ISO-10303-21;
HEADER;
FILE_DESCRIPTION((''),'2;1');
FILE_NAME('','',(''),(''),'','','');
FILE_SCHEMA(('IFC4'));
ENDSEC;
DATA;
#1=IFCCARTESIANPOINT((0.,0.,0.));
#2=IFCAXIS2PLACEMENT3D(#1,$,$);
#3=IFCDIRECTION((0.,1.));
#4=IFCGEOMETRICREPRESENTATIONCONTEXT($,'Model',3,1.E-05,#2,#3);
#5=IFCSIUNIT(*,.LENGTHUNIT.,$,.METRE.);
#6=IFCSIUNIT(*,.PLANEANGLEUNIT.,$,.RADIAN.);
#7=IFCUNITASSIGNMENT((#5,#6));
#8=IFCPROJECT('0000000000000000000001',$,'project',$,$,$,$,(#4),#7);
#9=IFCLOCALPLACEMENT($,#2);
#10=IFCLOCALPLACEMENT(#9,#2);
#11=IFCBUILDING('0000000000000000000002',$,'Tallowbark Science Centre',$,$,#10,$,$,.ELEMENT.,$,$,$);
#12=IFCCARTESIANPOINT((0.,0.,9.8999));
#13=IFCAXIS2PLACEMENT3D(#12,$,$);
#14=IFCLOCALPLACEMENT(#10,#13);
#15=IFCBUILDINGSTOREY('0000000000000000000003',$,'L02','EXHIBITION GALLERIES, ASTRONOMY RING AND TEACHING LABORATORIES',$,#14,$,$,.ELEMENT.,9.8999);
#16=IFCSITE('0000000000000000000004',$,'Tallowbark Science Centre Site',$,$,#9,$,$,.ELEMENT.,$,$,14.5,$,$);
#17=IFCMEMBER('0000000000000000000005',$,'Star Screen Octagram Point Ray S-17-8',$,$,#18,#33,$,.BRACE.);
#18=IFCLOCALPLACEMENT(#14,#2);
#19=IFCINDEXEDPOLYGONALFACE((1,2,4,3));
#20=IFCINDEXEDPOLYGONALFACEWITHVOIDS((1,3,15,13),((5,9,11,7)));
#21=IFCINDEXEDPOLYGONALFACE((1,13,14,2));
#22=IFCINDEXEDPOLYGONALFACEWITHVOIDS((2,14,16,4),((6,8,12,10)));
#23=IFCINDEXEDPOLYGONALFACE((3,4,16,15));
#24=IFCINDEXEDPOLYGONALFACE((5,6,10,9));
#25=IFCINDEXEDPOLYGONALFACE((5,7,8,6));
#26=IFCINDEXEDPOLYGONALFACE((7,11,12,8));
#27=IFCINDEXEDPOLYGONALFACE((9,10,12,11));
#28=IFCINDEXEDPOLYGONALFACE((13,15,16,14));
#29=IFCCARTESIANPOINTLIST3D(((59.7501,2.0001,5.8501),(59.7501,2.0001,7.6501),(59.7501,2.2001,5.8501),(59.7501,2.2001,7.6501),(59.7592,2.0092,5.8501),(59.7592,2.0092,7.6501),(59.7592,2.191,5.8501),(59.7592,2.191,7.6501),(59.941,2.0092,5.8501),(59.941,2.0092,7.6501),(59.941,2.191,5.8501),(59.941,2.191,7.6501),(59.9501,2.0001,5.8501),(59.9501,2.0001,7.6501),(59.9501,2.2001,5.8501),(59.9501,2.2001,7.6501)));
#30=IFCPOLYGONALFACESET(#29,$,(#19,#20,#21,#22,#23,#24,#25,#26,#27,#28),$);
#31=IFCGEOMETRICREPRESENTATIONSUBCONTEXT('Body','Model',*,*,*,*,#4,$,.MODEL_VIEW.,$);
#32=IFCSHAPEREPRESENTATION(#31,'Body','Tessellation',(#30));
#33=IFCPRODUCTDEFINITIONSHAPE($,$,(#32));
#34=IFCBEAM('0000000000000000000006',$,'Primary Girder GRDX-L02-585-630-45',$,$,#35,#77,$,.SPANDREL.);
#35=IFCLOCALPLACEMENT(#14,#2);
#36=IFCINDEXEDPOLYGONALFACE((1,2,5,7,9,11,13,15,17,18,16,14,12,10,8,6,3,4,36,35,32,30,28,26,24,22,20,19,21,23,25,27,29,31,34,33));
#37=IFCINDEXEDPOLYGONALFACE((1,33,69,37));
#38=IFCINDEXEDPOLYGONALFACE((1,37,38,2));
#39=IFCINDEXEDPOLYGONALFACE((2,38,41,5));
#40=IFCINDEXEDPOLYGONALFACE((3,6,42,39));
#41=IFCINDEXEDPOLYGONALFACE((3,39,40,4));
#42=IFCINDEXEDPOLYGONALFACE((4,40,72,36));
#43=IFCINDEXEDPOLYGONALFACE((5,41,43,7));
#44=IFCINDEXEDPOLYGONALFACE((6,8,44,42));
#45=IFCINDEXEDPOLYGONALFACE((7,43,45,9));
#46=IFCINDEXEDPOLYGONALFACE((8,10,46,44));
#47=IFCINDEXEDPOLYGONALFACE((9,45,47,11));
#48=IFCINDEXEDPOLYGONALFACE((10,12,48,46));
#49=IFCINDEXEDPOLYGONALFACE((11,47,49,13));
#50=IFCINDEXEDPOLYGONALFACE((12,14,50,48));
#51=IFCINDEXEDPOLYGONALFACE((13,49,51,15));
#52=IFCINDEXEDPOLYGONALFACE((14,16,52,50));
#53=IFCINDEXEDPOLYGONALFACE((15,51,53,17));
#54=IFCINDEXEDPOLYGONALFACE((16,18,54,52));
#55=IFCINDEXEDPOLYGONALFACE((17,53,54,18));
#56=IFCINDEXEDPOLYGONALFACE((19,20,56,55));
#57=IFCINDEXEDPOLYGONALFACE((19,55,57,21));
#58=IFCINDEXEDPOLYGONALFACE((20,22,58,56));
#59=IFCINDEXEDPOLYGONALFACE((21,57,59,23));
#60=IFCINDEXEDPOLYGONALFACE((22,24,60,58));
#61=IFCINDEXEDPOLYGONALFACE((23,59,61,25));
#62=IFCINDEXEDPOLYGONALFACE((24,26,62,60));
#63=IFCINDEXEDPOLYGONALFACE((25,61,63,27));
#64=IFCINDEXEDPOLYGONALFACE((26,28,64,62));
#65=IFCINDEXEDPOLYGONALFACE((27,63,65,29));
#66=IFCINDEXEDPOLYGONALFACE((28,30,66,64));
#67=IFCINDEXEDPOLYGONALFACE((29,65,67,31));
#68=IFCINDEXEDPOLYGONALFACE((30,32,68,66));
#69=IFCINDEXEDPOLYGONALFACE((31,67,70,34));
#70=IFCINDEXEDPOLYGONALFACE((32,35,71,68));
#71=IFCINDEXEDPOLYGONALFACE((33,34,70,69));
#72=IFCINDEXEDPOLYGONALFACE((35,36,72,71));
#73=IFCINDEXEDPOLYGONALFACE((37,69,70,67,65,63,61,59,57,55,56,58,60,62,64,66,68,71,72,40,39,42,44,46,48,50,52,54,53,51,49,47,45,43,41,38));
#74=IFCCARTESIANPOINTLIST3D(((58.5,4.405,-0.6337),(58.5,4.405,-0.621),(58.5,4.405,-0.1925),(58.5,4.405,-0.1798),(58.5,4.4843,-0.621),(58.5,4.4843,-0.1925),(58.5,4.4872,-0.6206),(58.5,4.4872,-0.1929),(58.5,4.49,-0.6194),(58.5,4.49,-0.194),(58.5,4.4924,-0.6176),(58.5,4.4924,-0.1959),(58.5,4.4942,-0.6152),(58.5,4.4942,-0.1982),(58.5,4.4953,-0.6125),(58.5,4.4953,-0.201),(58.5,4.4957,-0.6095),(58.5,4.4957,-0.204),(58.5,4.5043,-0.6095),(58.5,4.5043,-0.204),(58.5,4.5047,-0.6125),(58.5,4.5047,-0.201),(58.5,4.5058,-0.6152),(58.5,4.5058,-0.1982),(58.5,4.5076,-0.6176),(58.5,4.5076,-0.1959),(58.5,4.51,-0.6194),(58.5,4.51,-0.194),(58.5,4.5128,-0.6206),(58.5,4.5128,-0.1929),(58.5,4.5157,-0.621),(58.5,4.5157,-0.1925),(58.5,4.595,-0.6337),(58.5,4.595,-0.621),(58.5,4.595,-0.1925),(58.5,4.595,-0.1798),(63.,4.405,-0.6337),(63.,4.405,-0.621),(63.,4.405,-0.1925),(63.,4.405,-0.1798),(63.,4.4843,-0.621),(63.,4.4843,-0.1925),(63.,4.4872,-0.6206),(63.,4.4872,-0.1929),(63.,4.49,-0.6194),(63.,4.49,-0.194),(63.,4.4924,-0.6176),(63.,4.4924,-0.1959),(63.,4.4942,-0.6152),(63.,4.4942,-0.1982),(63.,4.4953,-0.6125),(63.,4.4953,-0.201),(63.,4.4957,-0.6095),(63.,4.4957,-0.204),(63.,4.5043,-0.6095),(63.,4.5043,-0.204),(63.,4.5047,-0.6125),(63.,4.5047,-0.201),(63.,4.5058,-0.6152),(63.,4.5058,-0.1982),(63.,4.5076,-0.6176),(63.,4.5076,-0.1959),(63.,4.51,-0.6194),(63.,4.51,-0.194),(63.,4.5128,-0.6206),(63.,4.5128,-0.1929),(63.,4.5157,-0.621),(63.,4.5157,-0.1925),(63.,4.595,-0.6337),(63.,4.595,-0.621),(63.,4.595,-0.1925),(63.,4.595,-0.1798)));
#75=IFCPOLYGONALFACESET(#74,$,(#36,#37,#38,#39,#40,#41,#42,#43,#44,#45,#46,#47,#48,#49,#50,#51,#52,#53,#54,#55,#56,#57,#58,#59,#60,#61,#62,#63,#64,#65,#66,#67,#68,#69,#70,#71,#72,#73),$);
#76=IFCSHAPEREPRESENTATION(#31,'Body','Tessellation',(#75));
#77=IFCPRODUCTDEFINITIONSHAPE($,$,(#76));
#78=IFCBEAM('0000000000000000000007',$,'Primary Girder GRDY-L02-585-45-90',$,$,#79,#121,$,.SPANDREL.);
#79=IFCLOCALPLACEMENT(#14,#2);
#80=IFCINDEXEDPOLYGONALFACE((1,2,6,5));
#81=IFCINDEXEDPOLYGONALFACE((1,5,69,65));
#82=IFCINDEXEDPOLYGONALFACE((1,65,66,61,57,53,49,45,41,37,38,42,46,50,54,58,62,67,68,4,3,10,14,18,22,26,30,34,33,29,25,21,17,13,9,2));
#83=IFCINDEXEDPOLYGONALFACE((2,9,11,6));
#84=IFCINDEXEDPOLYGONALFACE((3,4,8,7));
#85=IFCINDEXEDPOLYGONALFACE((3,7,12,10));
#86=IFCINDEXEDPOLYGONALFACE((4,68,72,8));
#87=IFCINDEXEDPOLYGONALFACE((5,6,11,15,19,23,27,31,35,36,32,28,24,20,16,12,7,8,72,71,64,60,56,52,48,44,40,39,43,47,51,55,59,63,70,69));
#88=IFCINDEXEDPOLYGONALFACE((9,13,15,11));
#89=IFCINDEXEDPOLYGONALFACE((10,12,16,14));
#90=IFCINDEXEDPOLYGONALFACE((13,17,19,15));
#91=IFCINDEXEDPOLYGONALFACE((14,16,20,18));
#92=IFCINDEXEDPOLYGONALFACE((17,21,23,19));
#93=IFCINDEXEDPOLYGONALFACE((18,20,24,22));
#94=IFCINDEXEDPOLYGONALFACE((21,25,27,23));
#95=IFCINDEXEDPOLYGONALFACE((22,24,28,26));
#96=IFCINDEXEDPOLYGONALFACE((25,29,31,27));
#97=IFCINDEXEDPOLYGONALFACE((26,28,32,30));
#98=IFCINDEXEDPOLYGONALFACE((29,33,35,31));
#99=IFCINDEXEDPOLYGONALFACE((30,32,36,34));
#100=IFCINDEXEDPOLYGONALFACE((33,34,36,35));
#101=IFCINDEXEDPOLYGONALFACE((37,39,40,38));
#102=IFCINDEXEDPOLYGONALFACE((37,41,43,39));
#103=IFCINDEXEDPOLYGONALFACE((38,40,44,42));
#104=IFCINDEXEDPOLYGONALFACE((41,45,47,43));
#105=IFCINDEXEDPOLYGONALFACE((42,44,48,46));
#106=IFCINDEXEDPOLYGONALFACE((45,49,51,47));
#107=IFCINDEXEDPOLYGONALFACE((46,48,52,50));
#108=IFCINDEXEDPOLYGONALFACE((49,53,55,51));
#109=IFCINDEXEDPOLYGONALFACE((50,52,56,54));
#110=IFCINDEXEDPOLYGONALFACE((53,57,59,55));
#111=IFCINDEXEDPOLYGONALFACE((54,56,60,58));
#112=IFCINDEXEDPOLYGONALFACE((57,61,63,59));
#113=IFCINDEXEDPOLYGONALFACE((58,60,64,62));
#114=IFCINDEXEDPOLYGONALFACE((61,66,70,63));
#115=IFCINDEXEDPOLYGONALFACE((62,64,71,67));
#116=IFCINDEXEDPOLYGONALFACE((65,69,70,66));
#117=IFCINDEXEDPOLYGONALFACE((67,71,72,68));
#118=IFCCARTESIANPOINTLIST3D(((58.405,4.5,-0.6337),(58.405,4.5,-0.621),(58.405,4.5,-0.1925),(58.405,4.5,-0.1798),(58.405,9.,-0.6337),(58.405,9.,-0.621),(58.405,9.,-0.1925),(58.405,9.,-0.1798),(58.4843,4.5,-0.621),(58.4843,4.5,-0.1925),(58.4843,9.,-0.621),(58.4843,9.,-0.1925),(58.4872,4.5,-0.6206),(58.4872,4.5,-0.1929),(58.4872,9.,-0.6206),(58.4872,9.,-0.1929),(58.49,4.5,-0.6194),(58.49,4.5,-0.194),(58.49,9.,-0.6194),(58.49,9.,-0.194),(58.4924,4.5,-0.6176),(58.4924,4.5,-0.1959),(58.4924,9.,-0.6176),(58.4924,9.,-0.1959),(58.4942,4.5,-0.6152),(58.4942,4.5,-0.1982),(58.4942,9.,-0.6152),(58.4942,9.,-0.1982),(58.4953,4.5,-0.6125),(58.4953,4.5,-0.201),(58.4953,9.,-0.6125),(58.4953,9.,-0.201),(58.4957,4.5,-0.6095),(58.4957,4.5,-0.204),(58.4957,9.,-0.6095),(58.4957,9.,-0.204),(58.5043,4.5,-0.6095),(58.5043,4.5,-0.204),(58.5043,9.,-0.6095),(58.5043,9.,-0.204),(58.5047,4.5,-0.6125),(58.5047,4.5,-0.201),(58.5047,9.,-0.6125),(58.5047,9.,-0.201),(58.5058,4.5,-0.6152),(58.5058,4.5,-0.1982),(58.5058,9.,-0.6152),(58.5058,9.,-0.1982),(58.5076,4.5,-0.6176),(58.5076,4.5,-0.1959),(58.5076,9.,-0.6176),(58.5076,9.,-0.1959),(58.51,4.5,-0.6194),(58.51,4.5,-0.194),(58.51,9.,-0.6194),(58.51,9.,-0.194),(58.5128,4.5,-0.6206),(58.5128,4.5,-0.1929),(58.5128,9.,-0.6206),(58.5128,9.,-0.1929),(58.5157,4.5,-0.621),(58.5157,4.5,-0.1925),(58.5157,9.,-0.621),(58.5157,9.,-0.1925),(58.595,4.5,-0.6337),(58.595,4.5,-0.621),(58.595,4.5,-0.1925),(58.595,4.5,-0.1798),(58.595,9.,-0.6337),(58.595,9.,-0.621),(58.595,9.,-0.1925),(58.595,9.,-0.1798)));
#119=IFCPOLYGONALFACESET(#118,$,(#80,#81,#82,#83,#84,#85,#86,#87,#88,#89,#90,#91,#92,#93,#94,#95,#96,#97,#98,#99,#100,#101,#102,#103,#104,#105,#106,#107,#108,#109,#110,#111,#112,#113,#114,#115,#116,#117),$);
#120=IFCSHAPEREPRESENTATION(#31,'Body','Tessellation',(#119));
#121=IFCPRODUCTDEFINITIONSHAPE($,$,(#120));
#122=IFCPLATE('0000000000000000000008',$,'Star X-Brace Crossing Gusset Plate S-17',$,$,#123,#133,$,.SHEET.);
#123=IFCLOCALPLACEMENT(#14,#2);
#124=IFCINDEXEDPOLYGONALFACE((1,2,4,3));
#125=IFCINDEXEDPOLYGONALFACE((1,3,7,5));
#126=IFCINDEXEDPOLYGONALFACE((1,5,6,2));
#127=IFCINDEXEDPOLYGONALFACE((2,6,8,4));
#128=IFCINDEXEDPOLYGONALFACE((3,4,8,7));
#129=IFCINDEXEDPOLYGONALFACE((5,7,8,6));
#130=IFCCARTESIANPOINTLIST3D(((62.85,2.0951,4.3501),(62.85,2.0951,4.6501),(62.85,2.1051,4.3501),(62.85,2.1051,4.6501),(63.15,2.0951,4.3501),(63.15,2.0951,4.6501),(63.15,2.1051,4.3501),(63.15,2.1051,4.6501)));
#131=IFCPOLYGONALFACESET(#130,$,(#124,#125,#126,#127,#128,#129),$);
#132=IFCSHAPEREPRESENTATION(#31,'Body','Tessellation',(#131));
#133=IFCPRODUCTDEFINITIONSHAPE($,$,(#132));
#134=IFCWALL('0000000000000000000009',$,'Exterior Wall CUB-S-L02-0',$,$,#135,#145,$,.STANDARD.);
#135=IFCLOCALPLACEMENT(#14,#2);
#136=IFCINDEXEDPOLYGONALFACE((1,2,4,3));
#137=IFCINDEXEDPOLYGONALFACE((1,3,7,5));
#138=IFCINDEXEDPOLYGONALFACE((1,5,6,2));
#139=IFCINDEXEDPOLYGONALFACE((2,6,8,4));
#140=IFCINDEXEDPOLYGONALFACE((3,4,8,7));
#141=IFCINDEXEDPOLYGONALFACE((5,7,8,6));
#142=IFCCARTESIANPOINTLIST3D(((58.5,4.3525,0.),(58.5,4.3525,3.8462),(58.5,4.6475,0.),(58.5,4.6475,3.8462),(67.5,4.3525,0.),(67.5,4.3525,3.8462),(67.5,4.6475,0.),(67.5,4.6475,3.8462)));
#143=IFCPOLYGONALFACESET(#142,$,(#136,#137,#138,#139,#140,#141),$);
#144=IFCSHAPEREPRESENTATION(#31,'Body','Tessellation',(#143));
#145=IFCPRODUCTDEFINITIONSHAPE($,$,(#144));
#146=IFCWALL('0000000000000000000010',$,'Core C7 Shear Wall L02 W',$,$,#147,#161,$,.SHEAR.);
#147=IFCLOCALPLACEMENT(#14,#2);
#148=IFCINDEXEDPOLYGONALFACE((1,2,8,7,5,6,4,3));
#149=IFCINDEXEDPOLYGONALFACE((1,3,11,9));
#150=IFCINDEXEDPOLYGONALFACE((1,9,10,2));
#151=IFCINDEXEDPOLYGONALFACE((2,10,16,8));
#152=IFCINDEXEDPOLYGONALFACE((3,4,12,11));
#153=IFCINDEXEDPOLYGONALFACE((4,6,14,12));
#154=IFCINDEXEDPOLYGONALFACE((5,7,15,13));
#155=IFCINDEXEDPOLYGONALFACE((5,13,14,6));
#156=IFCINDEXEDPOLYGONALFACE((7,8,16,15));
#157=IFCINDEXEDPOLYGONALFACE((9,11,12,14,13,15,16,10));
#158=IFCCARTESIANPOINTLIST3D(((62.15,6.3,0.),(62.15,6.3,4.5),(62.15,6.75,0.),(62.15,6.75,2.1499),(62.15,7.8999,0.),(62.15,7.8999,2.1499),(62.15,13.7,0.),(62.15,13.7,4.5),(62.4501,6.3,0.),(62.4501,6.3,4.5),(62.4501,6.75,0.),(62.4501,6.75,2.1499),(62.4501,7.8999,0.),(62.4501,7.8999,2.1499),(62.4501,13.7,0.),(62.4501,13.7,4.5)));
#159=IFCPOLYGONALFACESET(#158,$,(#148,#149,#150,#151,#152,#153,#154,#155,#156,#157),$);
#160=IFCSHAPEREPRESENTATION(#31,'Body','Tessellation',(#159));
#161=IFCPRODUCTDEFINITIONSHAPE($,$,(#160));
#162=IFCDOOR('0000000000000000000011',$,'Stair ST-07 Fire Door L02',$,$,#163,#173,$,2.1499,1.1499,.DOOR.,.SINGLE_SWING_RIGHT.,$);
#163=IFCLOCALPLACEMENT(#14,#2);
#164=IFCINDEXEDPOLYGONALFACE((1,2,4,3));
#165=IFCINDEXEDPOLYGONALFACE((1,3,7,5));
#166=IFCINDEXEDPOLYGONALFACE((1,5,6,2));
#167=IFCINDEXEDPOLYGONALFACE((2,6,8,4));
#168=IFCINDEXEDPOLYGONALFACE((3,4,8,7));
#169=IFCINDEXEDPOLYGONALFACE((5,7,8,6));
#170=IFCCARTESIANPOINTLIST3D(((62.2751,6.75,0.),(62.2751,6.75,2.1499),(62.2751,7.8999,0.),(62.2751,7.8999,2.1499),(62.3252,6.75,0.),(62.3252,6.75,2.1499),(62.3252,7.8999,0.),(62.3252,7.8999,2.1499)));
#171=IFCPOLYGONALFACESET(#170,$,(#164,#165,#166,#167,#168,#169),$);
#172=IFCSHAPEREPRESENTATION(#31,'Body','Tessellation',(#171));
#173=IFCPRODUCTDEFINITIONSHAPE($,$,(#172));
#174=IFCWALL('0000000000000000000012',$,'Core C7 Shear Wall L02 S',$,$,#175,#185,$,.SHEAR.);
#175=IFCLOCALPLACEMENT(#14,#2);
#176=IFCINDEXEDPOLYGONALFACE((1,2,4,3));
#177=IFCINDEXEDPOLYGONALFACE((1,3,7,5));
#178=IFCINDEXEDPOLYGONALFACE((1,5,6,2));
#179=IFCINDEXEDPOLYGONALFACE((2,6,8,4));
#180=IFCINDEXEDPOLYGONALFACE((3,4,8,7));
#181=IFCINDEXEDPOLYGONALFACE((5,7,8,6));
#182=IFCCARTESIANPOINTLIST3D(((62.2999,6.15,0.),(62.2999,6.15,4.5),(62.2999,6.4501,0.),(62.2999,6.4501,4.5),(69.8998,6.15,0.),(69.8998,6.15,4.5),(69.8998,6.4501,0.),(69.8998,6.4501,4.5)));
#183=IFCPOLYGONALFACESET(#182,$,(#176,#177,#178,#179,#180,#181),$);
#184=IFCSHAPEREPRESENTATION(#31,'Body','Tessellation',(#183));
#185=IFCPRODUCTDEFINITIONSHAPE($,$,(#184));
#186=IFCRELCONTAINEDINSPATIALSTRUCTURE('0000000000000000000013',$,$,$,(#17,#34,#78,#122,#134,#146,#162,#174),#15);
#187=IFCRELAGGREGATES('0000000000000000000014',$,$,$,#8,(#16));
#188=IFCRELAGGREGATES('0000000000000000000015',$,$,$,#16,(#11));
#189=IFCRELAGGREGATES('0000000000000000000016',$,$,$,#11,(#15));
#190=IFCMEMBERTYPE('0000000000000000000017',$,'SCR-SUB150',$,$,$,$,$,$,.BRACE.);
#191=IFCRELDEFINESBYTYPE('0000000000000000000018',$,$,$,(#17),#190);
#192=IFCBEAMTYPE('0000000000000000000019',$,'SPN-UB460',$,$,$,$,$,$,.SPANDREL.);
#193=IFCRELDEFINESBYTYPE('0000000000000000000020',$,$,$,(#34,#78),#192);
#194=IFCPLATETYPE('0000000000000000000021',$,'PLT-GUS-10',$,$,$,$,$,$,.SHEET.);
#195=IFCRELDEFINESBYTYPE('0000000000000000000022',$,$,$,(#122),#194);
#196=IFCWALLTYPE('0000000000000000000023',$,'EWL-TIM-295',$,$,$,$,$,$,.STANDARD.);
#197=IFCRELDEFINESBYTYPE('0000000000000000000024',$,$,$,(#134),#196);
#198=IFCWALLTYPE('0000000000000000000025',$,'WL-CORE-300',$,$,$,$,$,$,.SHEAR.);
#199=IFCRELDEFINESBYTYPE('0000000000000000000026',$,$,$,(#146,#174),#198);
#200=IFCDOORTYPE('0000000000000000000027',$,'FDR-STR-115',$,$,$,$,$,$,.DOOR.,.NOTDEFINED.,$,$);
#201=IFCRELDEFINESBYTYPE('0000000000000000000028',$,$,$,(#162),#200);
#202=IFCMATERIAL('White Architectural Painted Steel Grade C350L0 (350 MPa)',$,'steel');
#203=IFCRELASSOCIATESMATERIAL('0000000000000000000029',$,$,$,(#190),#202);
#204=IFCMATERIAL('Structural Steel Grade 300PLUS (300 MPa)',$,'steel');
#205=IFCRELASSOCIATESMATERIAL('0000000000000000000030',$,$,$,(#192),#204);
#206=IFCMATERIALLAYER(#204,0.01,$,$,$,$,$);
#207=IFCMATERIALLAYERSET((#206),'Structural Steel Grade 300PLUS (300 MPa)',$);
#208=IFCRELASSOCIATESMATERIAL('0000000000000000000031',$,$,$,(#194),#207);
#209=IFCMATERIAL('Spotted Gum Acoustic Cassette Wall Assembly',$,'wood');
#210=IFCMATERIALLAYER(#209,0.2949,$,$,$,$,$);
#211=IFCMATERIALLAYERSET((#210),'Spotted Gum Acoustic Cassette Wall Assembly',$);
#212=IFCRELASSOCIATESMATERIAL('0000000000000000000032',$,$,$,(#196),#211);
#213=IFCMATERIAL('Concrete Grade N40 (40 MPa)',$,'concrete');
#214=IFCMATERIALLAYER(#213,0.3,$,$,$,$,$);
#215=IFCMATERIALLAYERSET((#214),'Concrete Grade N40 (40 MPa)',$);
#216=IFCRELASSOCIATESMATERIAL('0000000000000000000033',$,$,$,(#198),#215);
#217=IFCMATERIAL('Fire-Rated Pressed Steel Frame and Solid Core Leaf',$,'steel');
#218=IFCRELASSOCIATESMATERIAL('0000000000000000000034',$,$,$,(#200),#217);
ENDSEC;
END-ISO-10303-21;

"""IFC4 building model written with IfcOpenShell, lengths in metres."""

from ifc_helpers import new_model, si_unit, direction, frame, frame_2d, origin, origin_2d, place, context, subcontext, project, spatial, rectangle, hollow_rectangle, i_section, extrude, material, layer, layer_set, material_profile, profile_set, type_object, element, fill, save


model = new_model("IFC4")

# Units and contexts
model_context = context("Model", 3, precision=1e-05, world=origin(), true_north=direction((0.0, 1.0)))
body_context = subcontext(model_context, "Body", "Model", "MODEL_VIEW")
ifc_project = project(units=[si_unit("LENGTHUNIT", "METRE"), si_unit("PLANEANGLEUNIT", "RADIAN")], contexts=[model_context])

# Site, building, storey
site_placement = place(None, origin())
site = spatial("IfcSite", under=ifc_project, at=site_placement, Name="Tallowbark Science Centre Site", CompositionType="ELEMENT", RefElevation=14.5)
building_placement = place(site_placement, origin())
building = spatial("IfcBuilding", under=site, at=building_placement, Name="Tallowbark Science Centre", CompositionType="ELEMENT")
storey_placement = place(building_placement, frame((0.0, 0.0, 9.8999)))
storey = spatial("IfcBuildingStorey", under=building, at=storey_placement, Name="L02", Description="EXHIBITION GALLERIES, ASTRONOMY RING AND TEACHING LABORATORIES", CompositionType="ELEMENT", Elevation=9.8999)

# Shared definitions
ifc_material_1 = material(Name="Structural Steel Grade 300PLUS (300 MPa)", Category="steel")

# Shared definitions
ifc_material_2 = material(Name="White Architectural Painted Steel Grade C350L0 (350 MPa)", Category="steel")

# Member
ifc_material_profile_1 = material_profile(ifc_material_2, hollow_rectangle(XDim=0.2, YDim=0.2, WallThickness=0.009, at=origin_2d()), Name="200x200x9.0SHS")
ifc_profile_set_1 = profile_set([ifc_material_profile_1], Name="White Architectural Painted Steel Grade C350L0 (350 MPa)")
member_type_1 = type_object("IfcMemberType", Name="SCR-SUB150", PredefinedType="BRACE", material=ifc_profile_set_1)
member_1_placement = place(storey_placement, frame((59.8501, 2.1001, 7.6501), z_axis=(0.0, 0.0, -1.0), x_axis=(1.0, 0.0, 0.0)))
element("IfcMember", 1, at=member_1_placement, inside=storey, type_object=member_type_1, Name="Star Screen Octagram Point Ray S-17-8", PredefinedType="BRACE", context=body_context, shape_type="SweptSolid", body=[
    extrude(hollow_rectangle(XDim=0.2, YDim=0.2, WallThickness=0.009, at=origin_2d()), origin(), (0.0, 0.0, 1.0), 1.8),
])

# Beams
ifc_material_profile_2 = material_profile(ifc_material_1, i_section(OverallWidth=0.1899, OverallDepth=0.4539, WebThickness=0.0085, FlangeThickness=0.0127, FilletRadius=0.0115, at=origin_2d()), Name="460UB67.1")
ifc_profile_set_2 = profile_set([ifc_material_profile_2], Name="Structural Steel Grade 300PLUS (300 MPa)")
beam_type_1 = type_object("IfcBeamType", Name="SPN-UB460", PredefinedType="SPANDREL", material=ifc_profile_set_2)
for number, where, z_axis, x_axis, name in (
    (2, (58.5, 4.5, -0.4067), (1.0, 0.0, 0.0), (0.0, 1.0, 0.0), "Primary Girder GRDX-L02-585-630-45"),
    (3, (58.5, 4.5, -0.4067), (0.0, 1.0, 0.0), (-1.0, 0.0, 0.0), "Primary Girder GRDY-L02-585-45-90"),
):
    element("IfcBeam", number, at=place(storey_placement, frame(where, z_axis=z_axis, x_axis=x_axis)), inside=storey, type_object=beam_type_1, Name=name, PredefinedType="SPANDREL", context=body_context, shape_type="SweptSolid", body=[
        extrude(i_section(OverallWidth=0.1899, OverallDepth=0.4539, WebThickness=0.0085, FlangeThickness=0.0127, FilletRadius=0.0115, at=origin_2d()), origin(), (0.0, 0.0, 1.0), 4.5),
    ])

# Plate
ifc_layer_1 = layer(ifc_material_1, 0.01)
ifc_layer_set_1 = layer_set([ifc_layer_1], Name="Structural Steel Grade 300PLUS (300 MPa)")
plate_type = type_object("IfcPlateType", Name="PLT-GUS-10", PredefinedType="SHEET", material=ifc_layer_set_1)
plate_placement = place(storey_placement, frame((63.0, 2.1001, 4.3501), z_axis=(0.0, 0.0, 1.0), x_axis=(1.0, 0.0, 0.0)))
element("IfcPlate", 4, at=plate_placement, inside=storey, type_object=plate_type, Name="Star X-Brace Crossing Gusset Plate S-17", PredefinedType="SHEET", context=body_context, shape_type="SweptSolid", body=[
    extrude(rectangle(XDim=0.3, YDim=0.01, at=origin_2d()), origin(), (0.0, 0.0, 1.0), 0.3),
])

# Wall
ifc_material_3 = material(Name="Spotted Gum Acoustic Cassette Wall Assembly", Category="wood")
ifc_layer_2 = layer(ifc_material_3, 0.2949)
ifc_layer_set_2 = layer_set([ifc_layer_2], Name="Spotted Gum Acoustic Cassette Wall Assembly")
wall_type_1 = type_object("IfcWallType", Name="EWL-TIM-295", PredefinedType="STANDARD", material=ifc_layer_set_2)
wall_1_placement = place(storey_placement, frame((58.5, 4.5, 0.0), z_axis=(0.0, 0.0, 1.0), x_axis=(1.0, 0.0, 0.0)))
element("IfcWall", 5, at=wall_1_placement, inside=storey, type_object=wall_type_1, Name="Exterior Wall CUB-S-L02-0", PredefinedType="STANDARD", context=body_context, shape_type="SweptSolid", body=[
    extrude(rectangle(XDim=9.0, YDim=0.2949, at=frame_2d((4.5, 0.0))), origin(), (0.0, 0.0, 1.0), 3.8462),
])

# Wall, opening, door
ifc_material_4 = material(Name="Concrete Grade N40 (40 MPa)", Category="concrete")
ifc_layer_3 = layer(ifc_material_4, 0.3)
ifc_layer_set_3 = layer_set([ifc_layer_3], Name="Concrete Grade N40 (40 MPa)")
wall_type_2 = type_object("IfcWallType", Name="WL-CORE-300", PredefinedType="SHEAR", material=ifc_layer_set_3)
wall_2_placement = place(storey_placement, frame((62.3, 6.3, 0.0), z_axis=(0.0, 0.0, 1.0), x_axis=(0.0, 1.0, 0.0)))
wall_2 = element("IfcWall", 6, at=wall_2_placement, inside=storey, type_object=wall_type_2, Name="Core C7 Shear Wall L02 W", PredefinedType="SHEAR", context=body_context, shape_type="SweptSolid", body=[
    extrude(rectangle(XDim=7.3999, YDim=0.3, at=frame_2d((3.7, 0.0))), origin(), (0.0, 0.0, 1.0), 4.5),
])
opening_placement = place(wall_2_placement, frame((0.45, 0.0, 0.0)))
opening = element("IfcOpeningElement", 7, at=opening_placement, cuts=wall_2, PredefinedType="OPENING", context=body_context, shape_type="SweptSolid", body=[
    extrude(rectangle(XDim=1.1499, YDim=2.1499, at=frame_2d((0.575, 1.075))), frame((0.0, 0.1602, 0.0), z_axis=(0.0, -1.0, 0.0), x_axis=(1.0, 0.0, 0.0)), (0.0, 0.0, 1.0), 0.3201),
])
ifc_material_5 = material(Name="Fire-Rated Pressed Steel Frame and Solid Core Leaf", Category="steel")
door_type = type_object("IfcDoorType", Name="FDR-STR-115", OperationType="NOTDEFINED", PredefinedType="DOOR", material=ifc_material_5)
door_placement = place(opening_placement, origin())
door = element("IfcDoor", 8, at=door_placement, inside=storey, type_object=door_type, Name="Stair ST-07 Fire Door L02", OperationType="SINGLE_SWING_RIGHT", OverallHeight=2.1499, OverallWidth=1.1499, PredefinedType="DOOR", context=body_context, shape_type="SweptSolid", body=[
    extrude(rectangle(XDim=1.1499, YDim=2.1499, at=frame_2d((0.575, 1.075))), frame((0.0, 0.0249, 0.0), z_axis=(0.0, -1.0, 0.0), x_axis=(1.0, 0.0, 0.0)), (0.0, 0.0, 1.0), 0.05),
])
fill(opening, door)

# Wall
wall_3_placement = place(storey_placement, frame((62.3, 6.3, 0.0), z_axis=(0.0, 0.0, 1.0), x_axis=(1.0, 0.0, 0.0)))
element("IfcWall", 9, at=wall_3_placement, inside=storey, type_object=wall_type_2, Name="Core C7 Shear Wall L02 S", PredefinedType="SHEAR", context=body_context, shape_type="SweptSolid", body=[
    extrude(rectangle(XDim=7.5999, YDim=0.3, at=frame_2d((3.7998, 0.0))), origin(), (0.0, 0.0, 1.0), 4.5),
])

save(model, "model.ifc")
